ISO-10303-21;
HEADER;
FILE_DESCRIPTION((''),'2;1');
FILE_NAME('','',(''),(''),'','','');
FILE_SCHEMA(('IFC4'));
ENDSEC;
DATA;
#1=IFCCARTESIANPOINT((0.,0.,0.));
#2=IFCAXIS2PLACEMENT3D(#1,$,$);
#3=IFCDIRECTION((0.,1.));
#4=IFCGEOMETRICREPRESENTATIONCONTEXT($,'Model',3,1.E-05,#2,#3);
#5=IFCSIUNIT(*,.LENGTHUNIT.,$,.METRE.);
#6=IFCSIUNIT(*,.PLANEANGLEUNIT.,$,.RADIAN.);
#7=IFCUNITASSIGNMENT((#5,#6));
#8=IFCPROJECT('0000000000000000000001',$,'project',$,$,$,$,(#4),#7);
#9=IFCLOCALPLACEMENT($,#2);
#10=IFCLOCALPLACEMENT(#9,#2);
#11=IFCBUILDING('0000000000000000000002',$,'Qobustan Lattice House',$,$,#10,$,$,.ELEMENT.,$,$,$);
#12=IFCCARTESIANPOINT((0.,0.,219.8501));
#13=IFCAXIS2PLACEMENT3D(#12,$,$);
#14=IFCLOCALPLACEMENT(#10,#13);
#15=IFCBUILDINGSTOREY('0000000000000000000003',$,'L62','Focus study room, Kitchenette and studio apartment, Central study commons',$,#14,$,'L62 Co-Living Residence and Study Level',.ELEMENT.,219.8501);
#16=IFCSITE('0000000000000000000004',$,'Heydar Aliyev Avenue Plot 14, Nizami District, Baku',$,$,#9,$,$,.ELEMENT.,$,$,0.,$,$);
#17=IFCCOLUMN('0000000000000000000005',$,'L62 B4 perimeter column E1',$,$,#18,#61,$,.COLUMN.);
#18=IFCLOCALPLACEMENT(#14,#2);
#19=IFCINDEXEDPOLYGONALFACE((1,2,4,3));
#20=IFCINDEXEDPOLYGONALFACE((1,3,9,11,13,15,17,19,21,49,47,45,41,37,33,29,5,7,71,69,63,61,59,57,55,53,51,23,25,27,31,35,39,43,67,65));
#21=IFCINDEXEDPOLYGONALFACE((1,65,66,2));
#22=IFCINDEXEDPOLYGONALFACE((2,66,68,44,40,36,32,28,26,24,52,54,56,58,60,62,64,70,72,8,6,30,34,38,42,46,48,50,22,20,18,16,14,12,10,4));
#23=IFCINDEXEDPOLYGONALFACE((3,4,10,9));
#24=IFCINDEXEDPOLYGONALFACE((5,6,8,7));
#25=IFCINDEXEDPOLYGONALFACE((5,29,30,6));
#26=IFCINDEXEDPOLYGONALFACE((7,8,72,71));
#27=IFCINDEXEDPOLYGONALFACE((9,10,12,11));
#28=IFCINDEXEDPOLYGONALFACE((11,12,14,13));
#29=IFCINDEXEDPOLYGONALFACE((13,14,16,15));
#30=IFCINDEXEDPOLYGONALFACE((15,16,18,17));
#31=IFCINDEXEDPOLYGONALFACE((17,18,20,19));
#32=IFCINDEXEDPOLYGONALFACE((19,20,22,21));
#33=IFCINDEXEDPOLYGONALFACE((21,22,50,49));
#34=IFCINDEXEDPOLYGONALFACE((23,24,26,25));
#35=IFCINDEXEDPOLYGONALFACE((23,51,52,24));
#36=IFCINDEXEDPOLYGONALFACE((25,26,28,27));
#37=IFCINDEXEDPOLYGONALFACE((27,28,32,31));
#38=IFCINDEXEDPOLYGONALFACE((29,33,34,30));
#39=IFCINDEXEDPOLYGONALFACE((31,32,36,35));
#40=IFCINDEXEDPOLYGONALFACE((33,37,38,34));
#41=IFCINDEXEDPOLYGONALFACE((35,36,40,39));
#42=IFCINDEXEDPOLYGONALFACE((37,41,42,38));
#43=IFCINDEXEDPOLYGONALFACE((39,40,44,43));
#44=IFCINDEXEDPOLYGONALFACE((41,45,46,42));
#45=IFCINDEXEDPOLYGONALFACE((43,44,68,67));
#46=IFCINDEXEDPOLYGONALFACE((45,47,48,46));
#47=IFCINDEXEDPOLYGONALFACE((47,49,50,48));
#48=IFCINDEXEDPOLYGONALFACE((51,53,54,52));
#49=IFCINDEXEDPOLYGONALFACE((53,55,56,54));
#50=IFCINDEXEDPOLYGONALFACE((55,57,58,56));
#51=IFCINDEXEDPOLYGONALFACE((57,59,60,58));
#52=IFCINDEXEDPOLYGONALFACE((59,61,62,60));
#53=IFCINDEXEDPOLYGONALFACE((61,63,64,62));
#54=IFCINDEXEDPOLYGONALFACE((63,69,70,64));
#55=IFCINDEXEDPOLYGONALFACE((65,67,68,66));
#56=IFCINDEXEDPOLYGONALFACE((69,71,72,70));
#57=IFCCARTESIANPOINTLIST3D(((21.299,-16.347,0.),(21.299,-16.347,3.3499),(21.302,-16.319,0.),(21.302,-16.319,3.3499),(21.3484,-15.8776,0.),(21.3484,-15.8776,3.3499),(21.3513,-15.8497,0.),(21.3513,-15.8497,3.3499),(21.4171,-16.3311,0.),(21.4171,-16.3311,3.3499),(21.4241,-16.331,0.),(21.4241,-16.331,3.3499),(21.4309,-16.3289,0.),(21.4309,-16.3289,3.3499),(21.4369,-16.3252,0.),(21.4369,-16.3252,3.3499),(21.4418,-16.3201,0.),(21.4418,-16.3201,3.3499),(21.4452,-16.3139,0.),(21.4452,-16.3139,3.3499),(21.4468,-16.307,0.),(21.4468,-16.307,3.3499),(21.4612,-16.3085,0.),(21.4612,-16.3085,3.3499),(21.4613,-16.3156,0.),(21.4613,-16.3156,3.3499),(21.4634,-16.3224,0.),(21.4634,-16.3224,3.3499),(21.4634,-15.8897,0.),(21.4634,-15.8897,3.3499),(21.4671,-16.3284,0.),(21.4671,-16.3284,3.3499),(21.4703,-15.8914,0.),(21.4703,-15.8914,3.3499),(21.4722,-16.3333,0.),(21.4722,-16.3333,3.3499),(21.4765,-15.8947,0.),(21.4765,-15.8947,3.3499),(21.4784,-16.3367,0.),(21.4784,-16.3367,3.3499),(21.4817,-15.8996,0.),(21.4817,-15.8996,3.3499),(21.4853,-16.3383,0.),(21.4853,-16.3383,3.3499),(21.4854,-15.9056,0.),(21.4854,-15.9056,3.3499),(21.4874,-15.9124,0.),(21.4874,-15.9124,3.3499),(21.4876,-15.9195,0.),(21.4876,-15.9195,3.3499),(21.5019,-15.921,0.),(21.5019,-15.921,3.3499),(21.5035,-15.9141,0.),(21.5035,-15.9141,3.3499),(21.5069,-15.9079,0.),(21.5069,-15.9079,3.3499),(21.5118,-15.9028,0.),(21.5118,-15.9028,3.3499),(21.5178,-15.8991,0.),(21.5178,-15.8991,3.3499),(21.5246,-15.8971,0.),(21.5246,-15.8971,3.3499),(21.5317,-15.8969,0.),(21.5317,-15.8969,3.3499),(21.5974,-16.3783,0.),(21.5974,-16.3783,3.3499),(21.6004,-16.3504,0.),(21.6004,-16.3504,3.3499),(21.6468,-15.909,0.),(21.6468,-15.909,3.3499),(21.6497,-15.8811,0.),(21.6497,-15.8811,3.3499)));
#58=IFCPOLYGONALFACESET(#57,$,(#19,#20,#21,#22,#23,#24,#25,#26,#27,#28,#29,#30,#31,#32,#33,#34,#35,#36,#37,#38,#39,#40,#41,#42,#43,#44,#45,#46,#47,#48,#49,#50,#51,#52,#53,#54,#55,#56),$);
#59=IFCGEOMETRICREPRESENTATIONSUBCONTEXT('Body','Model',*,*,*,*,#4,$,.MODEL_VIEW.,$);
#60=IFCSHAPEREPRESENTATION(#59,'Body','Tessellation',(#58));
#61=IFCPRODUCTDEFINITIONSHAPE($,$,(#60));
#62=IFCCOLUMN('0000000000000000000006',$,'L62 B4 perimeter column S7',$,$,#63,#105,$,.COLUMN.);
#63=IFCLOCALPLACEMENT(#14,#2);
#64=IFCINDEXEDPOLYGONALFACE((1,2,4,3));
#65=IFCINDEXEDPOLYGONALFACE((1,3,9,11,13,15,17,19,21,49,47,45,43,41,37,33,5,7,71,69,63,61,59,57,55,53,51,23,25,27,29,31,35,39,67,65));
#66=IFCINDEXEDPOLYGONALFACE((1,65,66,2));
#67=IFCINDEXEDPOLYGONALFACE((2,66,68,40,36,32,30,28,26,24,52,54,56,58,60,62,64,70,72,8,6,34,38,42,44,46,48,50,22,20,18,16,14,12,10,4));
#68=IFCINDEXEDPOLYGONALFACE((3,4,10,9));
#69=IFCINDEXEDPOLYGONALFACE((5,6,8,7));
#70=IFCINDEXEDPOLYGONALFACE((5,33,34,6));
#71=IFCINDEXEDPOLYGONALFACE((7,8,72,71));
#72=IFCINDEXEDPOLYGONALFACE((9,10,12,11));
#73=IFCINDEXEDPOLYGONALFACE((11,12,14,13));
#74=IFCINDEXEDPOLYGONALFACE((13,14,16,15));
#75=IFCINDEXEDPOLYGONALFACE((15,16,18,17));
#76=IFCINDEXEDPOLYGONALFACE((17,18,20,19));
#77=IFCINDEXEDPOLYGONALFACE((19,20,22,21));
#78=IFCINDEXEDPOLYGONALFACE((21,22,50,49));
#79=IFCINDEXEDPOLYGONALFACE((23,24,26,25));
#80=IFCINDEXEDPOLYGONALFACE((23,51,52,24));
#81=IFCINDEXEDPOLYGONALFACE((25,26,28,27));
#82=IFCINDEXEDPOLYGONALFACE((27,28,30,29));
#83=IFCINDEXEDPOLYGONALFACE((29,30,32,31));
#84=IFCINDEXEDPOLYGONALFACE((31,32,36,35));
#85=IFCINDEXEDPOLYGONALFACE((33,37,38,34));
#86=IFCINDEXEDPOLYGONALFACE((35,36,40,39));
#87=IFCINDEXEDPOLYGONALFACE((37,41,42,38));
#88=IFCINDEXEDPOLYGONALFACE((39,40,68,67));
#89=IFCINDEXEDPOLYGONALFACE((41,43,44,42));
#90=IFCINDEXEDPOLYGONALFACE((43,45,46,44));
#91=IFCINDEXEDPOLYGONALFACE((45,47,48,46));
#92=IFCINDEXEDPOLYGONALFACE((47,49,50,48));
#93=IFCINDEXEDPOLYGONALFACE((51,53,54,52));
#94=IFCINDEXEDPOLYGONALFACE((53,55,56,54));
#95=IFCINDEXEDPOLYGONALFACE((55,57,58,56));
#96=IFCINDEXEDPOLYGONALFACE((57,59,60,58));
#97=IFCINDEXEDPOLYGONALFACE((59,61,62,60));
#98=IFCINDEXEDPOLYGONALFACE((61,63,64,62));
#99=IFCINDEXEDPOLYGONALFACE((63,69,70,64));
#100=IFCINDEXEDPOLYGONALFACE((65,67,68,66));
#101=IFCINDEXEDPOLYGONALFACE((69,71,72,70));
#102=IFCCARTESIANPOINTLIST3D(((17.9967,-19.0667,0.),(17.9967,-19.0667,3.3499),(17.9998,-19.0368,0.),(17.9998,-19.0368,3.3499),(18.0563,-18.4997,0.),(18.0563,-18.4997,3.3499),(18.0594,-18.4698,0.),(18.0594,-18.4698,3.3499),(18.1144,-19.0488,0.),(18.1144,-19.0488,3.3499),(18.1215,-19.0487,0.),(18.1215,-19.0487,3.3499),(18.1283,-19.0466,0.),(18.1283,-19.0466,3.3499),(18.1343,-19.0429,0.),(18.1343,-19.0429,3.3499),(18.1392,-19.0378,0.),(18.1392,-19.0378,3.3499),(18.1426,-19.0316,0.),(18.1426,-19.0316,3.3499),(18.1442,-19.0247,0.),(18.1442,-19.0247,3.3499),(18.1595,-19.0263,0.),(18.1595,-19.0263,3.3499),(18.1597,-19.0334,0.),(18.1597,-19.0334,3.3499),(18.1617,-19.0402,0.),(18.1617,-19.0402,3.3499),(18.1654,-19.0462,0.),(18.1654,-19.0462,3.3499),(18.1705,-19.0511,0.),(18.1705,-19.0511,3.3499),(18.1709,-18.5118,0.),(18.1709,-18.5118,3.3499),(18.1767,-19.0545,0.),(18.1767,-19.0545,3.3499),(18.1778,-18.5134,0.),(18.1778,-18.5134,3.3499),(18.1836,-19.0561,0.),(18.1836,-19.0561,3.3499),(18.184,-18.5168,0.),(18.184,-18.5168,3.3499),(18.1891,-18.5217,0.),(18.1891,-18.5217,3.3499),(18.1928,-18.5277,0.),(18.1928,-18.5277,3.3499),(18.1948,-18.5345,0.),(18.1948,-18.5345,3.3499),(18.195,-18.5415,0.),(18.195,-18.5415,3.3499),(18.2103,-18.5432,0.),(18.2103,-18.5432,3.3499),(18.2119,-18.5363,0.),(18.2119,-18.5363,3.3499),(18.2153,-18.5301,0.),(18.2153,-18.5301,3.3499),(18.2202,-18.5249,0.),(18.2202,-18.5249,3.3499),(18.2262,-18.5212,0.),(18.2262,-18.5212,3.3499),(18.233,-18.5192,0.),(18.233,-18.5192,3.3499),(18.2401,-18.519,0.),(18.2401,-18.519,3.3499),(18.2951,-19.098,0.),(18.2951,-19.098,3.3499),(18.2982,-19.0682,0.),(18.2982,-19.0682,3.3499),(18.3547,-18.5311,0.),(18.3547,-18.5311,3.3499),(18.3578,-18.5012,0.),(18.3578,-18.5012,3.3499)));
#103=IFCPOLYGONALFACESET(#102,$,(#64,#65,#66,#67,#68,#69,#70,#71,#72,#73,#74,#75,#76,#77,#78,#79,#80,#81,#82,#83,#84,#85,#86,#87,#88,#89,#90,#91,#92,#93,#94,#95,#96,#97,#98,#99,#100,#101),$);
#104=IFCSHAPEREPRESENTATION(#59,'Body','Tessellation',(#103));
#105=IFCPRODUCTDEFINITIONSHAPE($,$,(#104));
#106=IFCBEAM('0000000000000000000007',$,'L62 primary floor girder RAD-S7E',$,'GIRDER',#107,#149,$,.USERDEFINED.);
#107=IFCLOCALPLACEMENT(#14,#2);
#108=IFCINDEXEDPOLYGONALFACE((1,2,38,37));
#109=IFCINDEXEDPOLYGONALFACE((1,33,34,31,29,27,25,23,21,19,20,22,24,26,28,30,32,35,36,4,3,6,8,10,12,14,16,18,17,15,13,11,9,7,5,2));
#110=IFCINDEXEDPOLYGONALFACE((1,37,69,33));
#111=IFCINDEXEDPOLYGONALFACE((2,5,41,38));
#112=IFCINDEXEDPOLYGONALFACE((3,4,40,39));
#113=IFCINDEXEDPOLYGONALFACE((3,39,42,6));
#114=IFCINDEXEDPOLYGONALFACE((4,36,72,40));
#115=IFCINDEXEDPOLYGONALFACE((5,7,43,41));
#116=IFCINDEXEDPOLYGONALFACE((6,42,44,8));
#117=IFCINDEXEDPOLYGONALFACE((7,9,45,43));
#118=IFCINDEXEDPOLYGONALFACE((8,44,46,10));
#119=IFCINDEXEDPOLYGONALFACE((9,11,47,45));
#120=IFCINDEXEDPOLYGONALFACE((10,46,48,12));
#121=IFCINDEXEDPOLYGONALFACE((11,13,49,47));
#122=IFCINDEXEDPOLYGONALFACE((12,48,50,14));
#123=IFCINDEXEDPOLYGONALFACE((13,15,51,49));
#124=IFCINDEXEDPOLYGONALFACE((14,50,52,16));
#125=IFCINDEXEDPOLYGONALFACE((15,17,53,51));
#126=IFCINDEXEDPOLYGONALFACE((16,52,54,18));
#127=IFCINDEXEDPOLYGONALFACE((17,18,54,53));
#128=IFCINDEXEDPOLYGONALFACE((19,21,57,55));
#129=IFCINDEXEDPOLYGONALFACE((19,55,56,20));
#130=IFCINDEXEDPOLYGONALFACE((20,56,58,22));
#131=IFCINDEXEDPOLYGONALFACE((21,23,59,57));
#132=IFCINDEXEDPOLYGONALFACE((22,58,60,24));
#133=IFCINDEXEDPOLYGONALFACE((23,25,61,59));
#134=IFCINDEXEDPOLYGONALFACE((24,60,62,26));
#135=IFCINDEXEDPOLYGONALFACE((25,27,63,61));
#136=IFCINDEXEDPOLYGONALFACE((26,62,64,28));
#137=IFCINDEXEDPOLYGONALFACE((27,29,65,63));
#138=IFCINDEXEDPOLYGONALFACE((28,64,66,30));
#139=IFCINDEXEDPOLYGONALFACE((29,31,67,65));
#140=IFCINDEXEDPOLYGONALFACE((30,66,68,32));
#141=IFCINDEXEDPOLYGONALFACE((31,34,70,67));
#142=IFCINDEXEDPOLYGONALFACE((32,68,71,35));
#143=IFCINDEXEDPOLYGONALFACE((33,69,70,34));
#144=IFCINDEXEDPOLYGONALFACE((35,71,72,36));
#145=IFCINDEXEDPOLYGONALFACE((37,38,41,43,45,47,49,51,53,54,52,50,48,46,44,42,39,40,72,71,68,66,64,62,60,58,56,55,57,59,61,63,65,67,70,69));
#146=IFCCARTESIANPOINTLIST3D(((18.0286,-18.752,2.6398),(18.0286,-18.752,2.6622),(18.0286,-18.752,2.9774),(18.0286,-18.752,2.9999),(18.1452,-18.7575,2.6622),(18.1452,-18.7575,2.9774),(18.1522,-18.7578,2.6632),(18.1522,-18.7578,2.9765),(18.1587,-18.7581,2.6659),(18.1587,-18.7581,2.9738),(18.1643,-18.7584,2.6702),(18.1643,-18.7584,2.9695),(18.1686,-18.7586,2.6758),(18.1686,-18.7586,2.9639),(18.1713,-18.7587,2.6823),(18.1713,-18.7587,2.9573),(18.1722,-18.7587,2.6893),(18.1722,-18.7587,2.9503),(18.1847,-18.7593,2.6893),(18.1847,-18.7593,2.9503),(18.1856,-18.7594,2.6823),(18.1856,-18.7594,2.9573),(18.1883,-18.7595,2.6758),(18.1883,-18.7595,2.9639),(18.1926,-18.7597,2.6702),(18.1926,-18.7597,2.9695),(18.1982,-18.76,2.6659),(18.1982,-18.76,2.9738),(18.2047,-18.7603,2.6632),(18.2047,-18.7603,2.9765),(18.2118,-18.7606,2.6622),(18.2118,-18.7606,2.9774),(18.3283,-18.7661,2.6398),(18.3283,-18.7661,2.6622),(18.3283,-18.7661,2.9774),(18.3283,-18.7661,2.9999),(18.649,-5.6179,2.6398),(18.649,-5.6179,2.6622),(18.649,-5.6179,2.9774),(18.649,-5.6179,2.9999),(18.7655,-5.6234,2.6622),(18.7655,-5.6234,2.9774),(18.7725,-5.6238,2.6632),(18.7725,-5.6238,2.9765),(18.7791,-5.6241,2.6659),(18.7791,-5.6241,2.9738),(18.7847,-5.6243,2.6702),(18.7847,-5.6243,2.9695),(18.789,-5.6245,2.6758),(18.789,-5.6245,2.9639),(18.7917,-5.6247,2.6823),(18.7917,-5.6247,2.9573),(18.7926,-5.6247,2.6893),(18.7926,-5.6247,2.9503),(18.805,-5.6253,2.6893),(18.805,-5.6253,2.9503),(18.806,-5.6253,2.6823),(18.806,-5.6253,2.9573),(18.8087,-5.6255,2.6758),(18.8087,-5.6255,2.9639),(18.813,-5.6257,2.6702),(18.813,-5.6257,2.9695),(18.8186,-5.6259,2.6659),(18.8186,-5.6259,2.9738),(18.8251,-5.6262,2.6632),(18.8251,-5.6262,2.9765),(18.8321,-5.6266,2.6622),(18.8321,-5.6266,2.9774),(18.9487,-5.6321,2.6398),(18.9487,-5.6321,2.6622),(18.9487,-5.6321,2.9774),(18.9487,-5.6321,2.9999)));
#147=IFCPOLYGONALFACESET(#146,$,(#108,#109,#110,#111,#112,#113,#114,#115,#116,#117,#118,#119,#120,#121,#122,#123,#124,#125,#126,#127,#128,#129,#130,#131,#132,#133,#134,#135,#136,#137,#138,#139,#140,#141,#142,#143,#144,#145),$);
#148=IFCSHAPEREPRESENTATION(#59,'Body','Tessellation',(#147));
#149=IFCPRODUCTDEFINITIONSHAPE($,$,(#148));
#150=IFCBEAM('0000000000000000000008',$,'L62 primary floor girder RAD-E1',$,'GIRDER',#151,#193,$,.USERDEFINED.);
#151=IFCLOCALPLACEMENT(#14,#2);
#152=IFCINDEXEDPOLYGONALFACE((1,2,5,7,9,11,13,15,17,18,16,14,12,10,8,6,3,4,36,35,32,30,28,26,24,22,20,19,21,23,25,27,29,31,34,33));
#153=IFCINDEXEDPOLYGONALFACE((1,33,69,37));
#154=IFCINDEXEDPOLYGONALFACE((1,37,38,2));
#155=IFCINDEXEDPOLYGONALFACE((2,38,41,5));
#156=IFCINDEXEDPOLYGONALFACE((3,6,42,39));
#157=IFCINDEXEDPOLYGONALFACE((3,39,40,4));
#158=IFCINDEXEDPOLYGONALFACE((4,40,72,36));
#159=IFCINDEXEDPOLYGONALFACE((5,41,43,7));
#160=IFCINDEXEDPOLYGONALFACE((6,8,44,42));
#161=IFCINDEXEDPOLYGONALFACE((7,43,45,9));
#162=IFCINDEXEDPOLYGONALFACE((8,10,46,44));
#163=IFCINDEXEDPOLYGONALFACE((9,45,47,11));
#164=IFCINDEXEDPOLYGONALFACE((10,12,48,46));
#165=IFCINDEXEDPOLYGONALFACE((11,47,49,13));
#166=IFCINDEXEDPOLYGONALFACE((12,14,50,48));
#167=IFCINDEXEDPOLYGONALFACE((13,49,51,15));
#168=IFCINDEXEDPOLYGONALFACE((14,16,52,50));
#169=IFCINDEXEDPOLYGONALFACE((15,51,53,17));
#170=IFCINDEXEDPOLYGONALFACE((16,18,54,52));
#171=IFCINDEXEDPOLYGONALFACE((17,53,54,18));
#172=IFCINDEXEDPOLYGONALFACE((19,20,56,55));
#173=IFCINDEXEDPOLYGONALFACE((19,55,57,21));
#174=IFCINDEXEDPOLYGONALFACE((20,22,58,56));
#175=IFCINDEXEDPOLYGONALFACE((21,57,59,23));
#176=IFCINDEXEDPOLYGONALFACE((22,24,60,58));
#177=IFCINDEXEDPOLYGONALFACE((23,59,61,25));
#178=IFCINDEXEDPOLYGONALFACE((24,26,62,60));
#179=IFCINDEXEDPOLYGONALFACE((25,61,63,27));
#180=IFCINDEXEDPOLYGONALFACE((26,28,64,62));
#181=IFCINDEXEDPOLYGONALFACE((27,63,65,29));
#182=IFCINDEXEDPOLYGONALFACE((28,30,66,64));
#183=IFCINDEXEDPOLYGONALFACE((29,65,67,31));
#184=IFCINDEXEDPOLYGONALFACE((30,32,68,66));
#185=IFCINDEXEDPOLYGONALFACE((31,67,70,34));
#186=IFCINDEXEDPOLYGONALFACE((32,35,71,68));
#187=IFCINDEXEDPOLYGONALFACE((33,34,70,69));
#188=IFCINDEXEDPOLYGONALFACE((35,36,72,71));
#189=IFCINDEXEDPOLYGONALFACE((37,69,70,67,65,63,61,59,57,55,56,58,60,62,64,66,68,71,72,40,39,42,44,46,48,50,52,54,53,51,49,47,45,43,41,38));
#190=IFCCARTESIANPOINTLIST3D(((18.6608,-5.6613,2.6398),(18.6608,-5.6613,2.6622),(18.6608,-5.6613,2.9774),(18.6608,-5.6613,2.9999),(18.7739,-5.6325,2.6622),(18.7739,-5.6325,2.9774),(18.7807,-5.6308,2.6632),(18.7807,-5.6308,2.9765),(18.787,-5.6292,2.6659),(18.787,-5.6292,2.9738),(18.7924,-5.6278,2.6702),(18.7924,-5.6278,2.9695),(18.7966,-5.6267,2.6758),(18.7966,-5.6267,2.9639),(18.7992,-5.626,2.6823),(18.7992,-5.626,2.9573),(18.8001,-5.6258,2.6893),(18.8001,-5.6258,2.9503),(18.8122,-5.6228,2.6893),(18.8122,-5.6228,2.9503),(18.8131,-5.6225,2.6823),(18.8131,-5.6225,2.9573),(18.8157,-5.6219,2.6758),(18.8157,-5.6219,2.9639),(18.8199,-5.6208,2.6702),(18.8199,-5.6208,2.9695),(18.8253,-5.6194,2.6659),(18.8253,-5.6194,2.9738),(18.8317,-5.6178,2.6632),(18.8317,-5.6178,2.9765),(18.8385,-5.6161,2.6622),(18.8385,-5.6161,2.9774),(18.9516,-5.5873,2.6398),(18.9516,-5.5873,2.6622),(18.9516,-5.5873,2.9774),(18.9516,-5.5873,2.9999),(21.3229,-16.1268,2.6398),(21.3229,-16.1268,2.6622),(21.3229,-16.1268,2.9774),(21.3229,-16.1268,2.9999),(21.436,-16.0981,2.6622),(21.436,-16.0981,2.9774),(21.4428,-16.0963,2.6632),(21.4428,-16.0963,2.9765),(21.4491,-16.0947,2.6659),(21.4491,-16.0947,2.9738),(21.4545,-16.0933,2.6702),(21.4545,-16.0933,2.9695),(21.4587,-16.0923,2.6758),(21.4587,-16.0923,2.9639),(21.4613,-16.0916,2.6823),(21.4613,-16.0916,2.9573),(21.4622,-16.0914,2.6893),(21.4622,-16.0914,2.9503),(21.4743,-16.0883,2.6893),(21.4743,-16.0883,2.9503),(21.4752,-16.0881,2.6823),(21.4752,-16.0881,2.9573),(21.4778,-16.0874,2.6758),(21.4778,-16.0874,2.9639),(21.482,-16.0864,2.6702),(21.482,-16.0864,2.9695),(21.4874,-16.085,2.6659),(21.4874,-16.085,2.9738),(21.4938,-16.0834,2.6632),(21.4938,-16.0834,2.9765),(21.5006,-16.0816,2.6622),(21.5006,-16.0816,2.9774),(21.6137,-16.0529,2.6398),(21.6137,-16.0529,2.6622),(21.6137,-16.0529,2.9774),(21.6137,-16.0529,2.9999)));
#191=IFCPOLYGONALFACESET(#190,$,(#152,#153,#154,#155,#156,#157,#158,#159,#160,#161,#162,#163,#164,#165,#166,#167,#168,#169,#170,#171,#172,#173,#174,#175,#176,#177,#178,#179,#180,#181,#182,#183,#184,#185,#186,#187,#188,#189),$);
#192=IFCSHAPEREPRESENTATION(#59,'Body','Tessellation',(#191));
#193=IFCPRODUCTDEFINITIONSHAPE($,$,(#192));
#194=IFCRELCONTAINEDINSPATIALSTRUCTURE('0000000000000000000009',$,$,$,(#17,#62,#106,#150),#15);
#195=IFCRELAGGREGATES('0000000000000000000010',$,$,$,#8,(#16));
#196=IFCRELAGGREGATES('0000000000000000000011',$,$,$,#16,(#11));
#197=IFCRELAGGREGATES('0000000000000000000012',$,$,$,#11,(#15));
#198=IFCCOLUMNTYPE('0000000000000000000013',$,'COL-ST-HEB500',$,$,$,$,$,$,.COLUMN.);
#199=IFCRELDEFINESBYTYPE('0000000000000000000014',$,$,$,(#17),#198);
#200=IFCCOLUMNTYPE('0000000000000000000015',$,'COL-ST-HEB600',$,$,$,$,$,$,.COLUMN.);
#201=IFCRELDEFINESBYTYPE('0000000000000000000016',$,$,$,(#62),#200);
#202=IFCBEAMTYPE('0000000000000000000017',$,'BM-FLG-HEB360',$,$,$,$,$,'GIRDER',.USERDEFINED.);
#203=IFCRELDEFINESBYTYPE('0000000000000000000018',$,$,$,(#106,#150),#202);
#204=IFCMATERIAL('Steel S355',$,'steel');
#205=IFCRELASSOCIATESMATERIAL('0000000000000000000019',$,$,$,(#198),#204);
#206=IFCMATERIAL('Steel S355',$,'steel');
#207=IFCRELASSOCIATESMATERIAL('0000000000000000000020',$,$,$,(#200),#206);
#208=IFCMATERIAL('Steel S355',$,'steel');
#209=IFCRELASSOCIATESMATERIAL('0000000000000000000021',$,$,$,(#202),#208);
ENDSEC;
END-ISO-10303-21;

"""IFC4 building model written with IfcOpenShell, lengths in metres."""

from ifc_helpers import new_model, si_unit, direction, frame, origin, origin_2d, place, context, subcontext, project, spatial, i_section, extrude, material, material_profile, profile_set, type_object, element, save


model = new_model("IFC4")

# Units and contexts
model_context = context("Model", 3, precision=1e-05, world=origin(), true_north=direction((0.0, 1.0)))
body_context = subcontext(model_context, "Body", "Model", "MODEL_VIEW")
ifc_project = project(units=[si_unit("LENGTHUNIT", "METRE"), si_unit("PLANEANGLEUNIT", "RADIAN")], contexts=[model_context])

# Site, building, storey
site_placement = place(None, origin())
site = spatial("IfcSite", under=ifc_project, at=site_placement, Name="Heydar Aliyev Avenue Plot 14, Nizami District, Baku", CompositionType="ELEMENT", RefElevation=0.0)
building_placement = place(site_placement, origin())
building = spatial("IfcBuilding", under=site, at=building_placement, Name="Qobustan Lattice House", CompositionType="ELEMENT")
storey_placement = place(building_placement, frame((0.0, 0.0, 219.8501)))
storey = spatial("IfcBuildingStorey", under=building, at=storey_placement, Name="L62", Description="Focus study room, Kitchenette and studio apartment, Central study commons", LongName="L62 Co-Living Residence and Study Level", CompositionType="ELEMENT", Elevation=219.8501)

# Columns
ifc_material_1 = material(Name="Steel S355", Category="steel")
ifc_material_profile_1 = material_profile(ifc_material_1, i_section(OverallWidth=0.3, OverallDepth=0.5, WebThickness=0.0144, FlangeThickness=0.0281, FilletRadius=0.0271, at=origin_2d()), Name="HEB500")
ifc_profile_set_1 = profile_set([ifc_material_profile_1], Name="Steel S355")
column_type_1 = type_object("IfcColumnType", Name="COL-ST-HEB500", PredefinedType="COLUMN", material=ifc_profile_set_1)
column_1_placement = place(storey_placement, frame((21.4744, -16.114, 0.0), z_axis=(0.0, 0.0, 1.0), x_axis=(0.994522, -0.104528, 0.0)))
element("IfcColumn", 1, at=column_1_placement, inside=storey, type_object=column_type_1, Name="L62 B4 perimeter column E1", PredefinedType="COLUMN", context=body_context, shape_type="SweptSolid", body=[
    extrude(i_section(OverallWidth=0.3, OverallDepth=0.5, WebThickness=0.0144, FlangeThickness=0.0281, FilletRadius=0.0271, at=origin_2d()), origin(), (0.0, 0.0, 1.0), 3.3499),
])
ifc_material_2 = material(Name="Steel S355", Category="steel")
ifc_material_profile_2 = material_profile(ifc_material_2, i_section(OverallWidth=0.3, OverallDepth=0.6001, WebThickness=0.0154, FlangeThickness=0.03, FilletRadius=0.0271, at=origin_2d()), Name="HEB600")
ifc_profile_set_2 = profile_set([ifc_material_profile_2], Name="Steel S355")
column_type_2 = type_object("IfcColumnType", Name="COL-ST-HEB600", PredefinedType="COLUMN", material=ifc_profile_set_2)
column_2_placement = place(storey_placement, frame((18.1772, -18.7839, 0.0), z_axis=(0.0, 0.0, 1.0), x_axis=(0.994522, -0.104528, 0.0)))
element("IfcColumn", 2, at=column_2_placement, inside=storey, type_object=column_type_2, Name="L62 B4 perimeter column S7", PredefinedType="COLUMN", context=body_context, shape_type="SweptSolid", body=[
    extrude(i_section(OverallWidth=0.3, OverallDepth=0.6001, WebThickness=0.0154, FlangeThickness=0.03, FilletRadius=0.0271, at=origin_2d()), origin(), (0.0, 0.0, 1.0), 3.3499),
])

# Beams
ifc_material_3 = material(Name="Steel S355", Category="steel")
ifc_material_profile_3 = material_profile(ifc_material_3, i_section(OverallWidth=0.3, OverallDepth=0.3601, WebThickness=0.0125, FlangeThickness=0.0225, FilletRadius=0.0271, at=origin_2d()), Name="HEB360")
ifc_profile_set_3 = profile_set([ifc_material_profile_3], Name="Steel S355")
beam_type_1 = type_object("IfcBeamType", Name="BM-FLG-HEB360", ElementType="GIRDER", PredefinedType="USERDEFINED", material=ifc_profile_set_3)
beam_1_placement = place(storey_placement, frame((18.1785, -18.759, 2.8198), z_axis=(0.047181, 0.998886, 0.0), x_axis=(-0.998886, 0.047181, 0.0)))
element("IfcBeam", 3, at=beam_1_placement, inside=storey, type_object=beam_type_1, Name="L62 primary floor girder RAD-S7E", ObjectType="GIRDER", PredefinedType="USERDEFINED", context=body_context, shape_type="SweptSolid", body=[
    extrude(i_section(OverallWidth=0.3, OverallDepth=0.3601, WebThickness=0.0125, FlangeThickness=0.0225, FilletRadius=0.0271, at=origin_2d()), origin(), (0.0, 0.0, 1.0), 13.1487),
])
beam_2_placement = place(storey_placement, frame((21.4683, -16.0898, 2.8198), z_axis=(-0.246518, 0.969138, 0.0), x_axis=(-0.969138, -0.246518, 0.0)))
element("IfcBeam", 4, at=beam_2_placement, inside=storey, type_object=beam_type_1, Name="L62 primary floor girder RAD-E1", ObjectType="GIRDER", PredefinedType="USERDEFINED", context=body_context, shape_type="SweptSolid", body=[
    extrude(i_section(OverallWidth=0.3, OverallDepth=0.3601, WebThickness=0.0125, FlangeThickness=0.0225, FilletRadius=0.0271, at=origin_2d()), origin(), (0.0, 0.0, 1.0), 10.7988),
])

save(model, "model.ifc")
